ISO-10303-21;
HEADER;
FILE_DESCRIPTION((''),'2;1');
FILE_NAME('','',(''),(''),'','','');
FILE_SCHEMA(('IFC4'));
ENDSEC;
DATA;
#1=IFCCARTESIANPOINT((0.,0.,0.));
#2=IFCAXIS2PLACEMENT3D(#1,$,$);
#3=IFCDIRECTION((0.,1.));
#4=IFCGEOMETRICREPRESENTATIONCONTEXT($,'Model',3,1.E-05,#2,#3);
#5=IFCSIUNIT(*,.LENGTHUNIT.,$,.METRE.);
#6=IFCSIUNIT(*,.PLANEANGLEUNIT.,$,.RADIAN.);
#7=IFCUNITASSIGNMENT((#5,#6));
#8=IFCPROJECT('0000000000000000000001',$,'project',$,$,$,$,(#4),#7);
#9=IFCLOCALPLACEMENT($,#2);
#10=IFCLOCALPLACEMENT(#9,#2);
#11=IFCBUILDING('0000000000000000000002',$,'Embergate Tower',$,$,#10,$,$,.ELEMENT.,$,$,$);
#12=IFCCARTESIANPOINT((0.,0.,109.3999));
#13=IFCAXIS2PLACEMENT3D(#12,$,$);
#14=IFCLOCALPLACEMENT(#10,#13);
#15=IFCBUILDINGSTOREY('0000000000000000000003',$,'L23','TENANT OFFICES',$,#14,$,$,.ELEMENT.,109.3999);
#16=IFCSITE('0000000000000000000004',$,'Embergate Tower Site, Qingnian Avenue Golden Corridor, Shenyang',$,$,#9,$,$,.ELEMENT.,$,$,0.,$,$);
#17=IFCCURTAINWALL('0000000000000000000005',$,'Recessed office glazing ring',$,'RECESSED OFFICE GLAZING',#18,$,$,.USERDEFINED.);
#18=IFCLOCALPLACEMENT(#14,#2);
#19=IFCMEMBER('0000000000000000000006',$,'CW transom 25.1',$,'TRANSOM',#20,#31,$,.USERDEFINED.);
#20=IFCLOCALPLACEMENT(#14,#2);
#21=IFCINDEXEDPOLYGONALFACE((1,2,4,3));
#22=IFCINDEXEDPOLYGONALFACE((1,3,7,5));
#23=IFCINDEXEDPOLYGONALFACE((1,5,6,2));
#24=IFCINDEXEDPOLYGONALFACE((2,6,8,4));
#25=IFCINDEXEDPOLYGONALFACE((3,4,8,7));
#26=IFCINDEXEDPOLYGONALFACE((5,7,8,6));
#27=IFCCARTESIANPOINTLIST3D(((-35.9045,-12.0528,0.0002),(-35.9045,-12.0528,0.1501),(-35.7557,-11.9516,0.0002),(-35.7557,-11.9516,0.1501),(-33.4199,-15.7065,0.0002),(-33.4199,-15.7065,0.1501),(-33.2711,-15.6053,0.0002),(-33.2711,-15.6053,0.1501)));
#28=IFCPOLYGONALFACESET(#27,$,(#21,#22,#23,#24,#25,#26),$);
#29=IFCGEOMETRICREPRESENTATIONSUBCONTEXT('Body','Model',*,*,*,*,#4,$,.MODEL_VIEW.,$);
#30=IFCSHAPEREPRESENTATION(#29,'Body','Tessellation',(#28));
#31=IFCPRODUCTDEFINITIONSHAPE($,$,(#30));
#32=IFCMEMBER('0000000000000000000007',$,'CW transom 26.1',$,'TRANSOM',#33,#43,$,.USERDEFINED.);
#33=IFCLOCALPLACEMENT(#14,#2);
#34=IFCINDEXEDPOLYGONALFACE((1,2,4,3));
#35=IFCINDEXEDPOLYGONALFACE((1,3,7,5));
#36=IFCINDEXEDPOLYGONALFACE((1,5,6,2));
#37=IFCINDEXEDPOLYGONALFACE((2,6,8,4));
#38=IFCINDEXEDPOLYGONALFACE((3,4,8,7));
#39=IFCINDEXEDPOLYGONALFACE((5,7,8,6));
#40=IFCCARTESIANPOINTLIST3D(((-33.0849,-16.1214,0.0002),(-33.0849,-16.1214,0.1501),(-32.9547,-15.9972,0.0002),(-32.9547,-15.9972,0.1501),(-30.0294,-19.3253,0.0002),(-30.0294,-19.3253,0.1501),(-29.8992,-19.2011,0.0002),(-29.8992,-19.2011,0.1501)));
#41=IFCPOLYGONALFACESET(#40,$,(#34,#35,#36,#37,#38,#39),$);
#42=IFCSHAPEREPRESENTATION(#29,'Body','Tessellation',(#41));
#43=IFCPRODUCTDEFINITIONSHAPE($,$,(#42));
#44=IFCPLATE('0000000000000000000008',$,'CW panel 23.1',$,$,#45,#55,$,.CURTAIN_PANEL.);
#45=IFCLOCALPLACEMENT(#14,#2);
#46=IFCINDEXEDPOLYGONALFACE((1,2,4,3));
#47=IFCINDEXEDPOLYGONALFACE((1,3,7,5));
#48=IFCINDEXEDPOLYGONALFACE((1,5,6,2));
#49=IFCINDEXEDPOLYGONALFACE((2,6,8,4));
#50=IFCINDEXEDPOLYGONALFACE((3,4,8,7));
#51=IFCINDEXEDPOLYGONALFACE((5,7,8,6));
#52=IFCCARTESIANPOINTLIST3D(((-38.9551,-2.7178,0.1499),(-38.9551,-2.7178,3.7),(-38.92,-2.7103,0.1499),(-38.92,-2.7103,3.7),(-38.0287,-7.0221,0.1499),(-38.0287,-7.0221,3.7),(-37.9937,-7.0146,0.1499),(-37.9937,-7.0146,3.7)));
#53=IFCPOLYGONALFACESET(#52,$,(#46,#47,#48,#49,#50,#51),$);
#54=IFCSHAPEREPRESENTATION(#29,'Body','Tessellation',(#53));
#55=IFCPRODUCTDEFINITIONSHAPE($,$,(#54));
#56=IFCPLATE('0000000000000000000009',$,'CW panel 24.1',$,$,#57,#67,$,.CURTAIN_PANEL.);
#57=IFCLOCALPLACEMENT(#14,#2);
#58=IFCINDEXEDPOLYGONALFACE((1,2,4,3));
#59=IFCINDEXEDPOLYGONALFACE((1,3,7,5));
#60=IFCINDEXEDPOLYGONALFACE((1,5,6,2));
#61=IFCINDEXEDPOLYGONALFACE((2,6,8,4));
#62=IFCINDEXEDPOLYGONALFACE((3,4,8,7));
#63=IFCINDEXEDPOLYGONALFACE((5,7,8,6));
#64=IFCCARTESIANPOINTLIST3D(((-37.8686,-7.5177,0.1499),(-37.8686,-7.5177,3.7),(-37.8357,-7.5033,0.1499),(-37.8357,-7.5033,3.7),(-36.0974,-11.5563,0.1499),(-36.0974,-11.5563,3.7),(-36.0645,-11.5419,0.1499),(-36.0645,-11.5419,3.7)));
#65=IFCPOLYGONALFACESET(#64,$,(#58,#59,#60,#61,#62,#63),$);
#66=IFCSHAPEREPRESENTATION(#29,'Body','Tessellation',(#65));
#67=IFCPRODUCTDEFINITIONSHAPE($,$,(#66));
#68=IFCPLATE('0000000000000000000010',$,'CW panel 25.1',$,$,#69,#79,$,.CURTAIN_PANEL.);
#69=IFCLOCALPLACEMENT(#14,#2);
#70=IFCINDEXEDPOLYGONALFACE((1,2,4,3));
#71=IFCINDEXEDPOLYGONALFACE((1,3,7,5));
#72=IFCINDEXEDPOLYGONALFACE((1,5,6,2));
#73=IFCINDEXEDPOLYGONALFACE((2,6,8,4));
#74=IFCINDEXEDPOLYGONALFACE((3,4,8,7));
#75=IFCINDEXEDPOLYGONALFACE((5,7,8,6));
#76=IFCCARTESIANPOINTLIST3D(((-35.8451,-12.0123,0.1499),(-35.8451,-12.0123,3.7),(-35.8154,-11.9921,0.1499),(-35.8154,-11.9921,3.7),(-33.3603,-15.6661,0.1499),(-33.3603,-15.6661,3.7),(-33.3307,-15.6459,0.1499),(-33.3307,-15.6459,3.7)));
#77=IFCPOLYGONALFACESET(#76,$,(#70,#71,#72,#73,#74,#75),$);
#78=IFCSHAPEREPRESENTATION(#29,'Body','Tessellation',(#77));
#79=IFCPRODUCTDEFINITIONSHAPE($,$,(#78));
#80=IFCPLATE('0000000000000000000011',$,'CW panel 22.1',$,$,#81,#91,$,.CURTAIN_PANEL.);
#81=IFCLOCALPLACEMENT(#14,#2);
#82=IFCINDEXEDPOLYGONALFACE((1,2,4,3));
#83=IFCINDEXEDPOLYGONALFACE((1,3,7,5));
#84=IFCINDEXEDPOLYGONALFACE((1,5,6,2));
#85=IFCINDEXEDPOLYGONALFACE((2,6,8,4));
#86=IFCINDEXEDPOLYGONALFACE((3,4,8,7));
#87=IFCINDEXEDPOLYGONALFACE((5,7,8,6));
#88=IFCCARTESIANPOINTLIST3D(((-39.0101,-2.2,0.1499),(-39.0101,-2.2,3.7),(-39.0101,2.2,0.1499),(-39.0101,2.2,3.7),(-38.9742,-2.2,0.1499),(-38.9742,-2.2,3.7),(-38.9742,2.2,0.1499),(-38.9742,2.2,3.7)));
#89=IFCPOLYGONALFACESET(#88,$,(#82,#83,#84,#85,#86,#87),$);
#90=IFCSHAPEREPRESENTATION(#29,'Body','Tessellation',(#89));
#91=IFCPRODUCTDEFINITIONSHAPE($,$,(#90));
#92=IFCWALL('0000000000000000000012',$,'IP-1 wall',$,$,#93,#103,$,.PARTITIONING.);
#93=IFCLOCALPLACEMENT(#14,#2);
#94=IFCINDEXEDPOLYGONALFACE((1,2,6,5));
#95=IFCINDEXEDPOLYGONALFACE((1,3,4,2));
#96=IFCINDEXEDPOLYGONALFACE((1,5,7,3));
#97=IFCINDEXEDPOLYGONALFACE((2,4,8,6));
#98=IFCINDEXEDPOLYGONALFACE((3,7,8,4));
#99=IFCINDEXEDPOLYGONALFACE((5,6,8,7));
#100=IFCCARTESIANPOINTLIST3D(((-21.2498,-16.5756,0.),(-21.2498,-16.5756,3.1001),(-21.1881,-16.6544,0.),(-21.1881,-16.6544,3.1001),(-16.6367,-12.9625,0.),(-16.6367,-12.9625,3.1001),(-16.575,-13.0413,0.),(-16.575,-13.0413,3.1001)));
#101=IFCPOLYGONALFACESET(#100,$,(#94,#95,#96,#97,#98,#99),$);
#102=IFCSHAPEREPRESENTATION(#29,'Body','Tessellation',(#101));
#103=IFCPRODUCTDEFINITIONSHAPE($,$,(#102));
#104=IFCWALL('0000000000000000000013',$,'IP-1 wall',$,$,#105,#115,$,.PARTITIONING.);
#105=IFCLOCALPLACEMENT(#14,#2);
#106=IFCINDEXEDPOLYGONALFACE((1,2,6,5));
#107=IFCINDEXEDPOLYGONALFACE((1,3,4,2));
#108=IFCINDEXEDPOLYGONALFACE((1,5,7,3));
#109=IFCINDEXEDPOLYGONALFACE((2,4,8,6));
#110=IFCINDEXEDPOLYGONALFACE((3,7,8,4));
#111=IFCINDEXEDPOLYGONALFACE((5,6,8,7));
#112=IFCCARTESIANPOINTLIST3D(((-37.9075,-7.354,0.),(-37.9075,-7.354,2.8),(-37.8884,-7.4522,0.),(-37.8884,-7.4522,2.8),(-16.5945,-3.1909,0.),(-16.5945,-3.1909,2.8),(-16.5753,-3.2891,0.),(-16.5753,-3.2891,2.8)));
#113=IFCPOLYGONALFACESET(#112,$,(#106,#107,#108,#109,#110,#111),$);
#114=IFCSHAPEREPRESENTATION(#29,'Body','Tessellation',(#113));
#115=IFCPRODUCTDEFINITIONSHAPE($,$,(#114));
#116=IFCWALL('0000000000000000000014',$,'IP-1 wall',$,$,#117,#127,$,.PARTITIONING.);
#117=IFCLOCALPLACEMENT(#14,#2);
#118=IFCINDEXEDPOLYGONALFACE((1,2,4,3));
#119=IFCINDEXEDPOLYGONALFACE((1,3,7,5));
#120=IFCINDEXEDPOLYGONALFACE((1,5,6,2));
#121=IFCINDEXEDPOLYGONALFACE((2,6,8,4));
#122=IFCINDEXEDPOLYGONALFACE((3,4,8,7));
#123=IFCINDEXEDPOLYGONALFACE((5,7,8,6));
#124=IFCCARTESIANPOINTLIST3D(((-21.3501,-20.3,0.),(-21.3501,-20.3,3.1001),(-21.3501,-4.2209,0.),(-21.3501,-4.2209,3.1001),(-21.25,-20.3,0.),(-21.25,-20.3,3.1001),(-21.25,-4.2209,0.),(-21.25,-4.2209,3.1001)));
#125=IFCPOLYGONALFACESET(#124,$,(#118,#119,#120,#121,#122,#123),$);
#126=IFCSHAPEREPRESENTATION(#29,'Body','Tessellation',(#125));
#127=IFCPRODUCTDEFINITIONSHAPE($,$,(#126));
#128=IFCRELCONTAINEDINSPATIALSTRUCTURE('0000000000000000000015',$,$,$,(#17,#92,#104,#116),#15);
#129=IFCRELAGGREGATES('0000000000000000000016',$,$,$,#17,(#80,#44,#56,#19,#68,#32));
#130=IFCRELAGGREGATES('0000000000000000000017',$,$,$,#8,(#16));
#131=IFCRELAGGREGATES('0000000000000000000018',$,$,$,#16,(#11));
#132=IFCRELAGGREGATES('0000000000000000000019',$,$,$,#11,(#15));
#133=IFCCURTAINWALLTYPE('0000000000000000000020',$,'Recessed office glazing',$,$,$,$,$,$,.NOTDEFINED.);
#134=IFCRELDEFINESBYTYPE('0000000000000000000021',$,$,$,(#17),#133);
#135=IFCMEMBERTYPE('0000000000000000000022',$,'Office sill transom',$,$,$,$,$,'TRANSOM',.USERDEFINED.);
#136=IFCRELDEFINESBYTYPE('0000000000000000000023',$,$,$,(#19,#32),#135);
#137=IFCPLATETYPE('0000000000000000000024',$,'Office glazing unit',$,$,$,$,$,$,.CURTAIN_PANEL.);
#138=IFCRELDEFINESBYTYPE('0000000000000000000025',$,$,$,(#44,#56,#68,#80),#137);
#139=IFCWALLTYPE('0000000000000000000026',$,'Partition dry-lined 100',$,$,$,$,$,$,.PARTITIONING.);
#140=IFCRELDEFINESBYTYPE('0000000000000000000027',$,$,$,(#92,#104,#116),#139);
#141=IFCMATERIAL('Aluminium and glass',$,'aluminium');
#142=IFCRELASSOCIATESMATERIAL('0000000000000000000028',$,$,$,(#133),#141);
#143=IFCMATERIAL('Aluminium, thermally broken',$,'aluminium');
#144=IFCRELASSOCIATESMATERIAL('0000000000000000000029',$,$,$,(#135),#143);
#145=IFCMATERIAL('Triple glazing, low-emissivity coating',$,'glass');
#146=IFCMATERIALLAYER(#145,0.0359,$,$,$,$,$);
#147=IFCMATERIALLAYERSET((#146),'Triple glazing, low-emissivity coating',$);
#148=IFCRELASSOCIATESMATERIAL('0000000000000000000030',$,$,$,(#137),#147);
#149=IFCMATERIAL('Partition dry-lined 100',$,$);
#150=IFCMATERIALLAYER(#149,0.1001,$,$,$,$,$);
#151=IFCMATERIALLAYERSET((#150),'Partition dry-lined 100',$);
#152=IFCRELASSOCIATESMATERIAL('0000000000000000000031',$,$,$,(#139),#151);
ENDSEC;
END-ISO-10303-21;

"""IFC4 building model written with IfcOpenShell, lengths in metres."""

from ifc_helpers import new_model, si_unit, direction, frame, frame_2d, origin, origin_2d, place, context, subcontext, project, spatial, rectangle, extrude, source, transform, mapped, material, layer, layer_set, material_profile, profile_set, type_object, element, aggregate, save


model = new_model("IFC4")

# Units and contexts
model_context = context("Model", 3, precision=1e-05, world=origin(), true_north=direction((0.0, 1.0)))
body_context = subcontext(model_context, "Body", "Model", "MODEL_VIEW")
ifc_project = project(units=[si_unit("LENGTHUNIT", "METRE"), si_unit("PLANEANGLEUNIT", "RADIAN")], contexts=[model_context])

# Site, building, storey
site_placement = place(None, origin())
site = spatial("IfcSite", under=ifc_project, at=site_placement, Name="Embergate Tower Site, Qingnian Avenue Golden Corridor, Shenyang", CompositionType="ELEMENT", RefElevation=0.0)
building_placement = place(site_placement, origin())
building = spatial("IfcBuilding", under=site, at=building_placement, Name="Embergate Tower", CompositionType="ELEMENT")
storey_placement = place(building_placement, frame((0.0, 0.0, 109.3999)))
storey = spatial("IfcBuildingStorey", under=building, at=storey_placement, Name="L23", Description="TENANT OFFICES", CompositionType="ELEMENT", Elevation=109.3999)

# Curtain wall, members, plates
ifc_material_1 = material(Name="Aluminium and glass", Category="aluminium")
curtain_wall_type = type_object("IfcCurtainWallType", Name="Recessed office glazing", PredefinedType="NOTDEFINED", material=ifc_material_1)
curtain_wall_placement = place(storey_placement, origin())
curtain_wall = element("IfcCurtainWall", 1, at=curtain_wall_placement, inside=storey, type_object=curtain_wall_type, Name="Recessed office glazing ring", ObjectType="RECESSED OFFICE GLAZING", PredefinedType="USERDEFINED")
ifc_material_2 = material(Name="Aluminium, thermally broken", Category="aluminium")
ifc_material_profile_1 = material_profile(ifc_material_2, rectangle(XDim=0.1799, YDim=0.1499, at=origin_2d()), Name="AL 150x180")
ifc_profile_set_1 = profile_set([ifc_material_profile_1], Name="Aluminium, thermally broken")
member_type_1 = type_object("IfcMemberType", Name="Office sill transom", ElementType="TRANSOM", PredefinedType="USERDEFINED", material=ifc_profile_set_1)
shared_shape_1 = source(origin(), body_context, "Body", "SweptSolid", [
    extrude(rectangle(XDim=0.1799, YDim=0.1499, at=origin_2d()), origin(), (0.0, 0.0, 1.0), 4.4185),
])
member_1_placement = place(storey_placement, frame((-35.8301, -12.0022, 0.0752), z_axis=(0.562315, -0.826923, 0.0), x_axis=(0.826923, 0.562315, 0.0)))
member_1 = element("IfcMember", 2, at=member_1_placement, type_object=member_type_1, Name="CW transom 25.1", ObjectType="TRANSOM", PredefinedType="USERDEFINED", context=body_context, shape_type="MappedRepresentation", body=[
    mapped(shared_shape_1, transform((0.0, 0.0, 0.0))),
])
shared_shape_2 = source(origin(), body_context, "Body", "SweptSolid", [
    extrude(rectangle(XDim=0.1799, YDim=0.1499, at=origin_2d()), origin(), (0.0, 0.0, 1.0), 4.4272),
])
member_2_placement = place(storey_placement, frame((-33.0198, -16.0593, 0.0752), z_axis=(0.690144, -0.723672, 0.0), x_axis=(0.723672, 0.690144, 0.0)))
member_2 = element("IfcMember", 3, at=member_2_placement, type_object=member_type_1, Name="CW transom 26.1", ObjectType="TRANSOM", PredefinedType="USERDEFINED", context=body_context, shape_type="MappedRepresentation", body=[
    mapped(shared_shape_2, transform((0.0, 0.0, 0.0))),
])
ifc_material_3 = material(Name="Triple glazing, low-emissivity coating", Category="glass")
ifc_layer_1 = layer(ifc_material_3, 0.0359)
ifc_layer_set_1 = layer_set([ifc_layer_1], Name="Triple glazing, low-emissivity coating")
plate_type = type_object("IfcPlateType", Name="Office glazing unit", PredefinedType="CURTAIN_PANEL", material=ifc_layer_set_1)
shared_shape_3 = source(origin(), body_context, "Body", "SweptSolid", [
    extrude(rectangle(XDim=4.4028, YDim=0.0359, at=origin_2d()), origin(), (0.0, 0.0, 1.0), 3.55),
])
plate_1_placement = place(storey_placement, frame((-38.4744, -4.8662, 0.1499), z_axis=(0.0, 0.0, 1.0), x_axis=(0.210392, -0.977617, 0.0)))
plate_1 = element("IfcPlate", 4, at=plate_1_placement, type_object=plate_type, Name="CW panel 23.1", PredefinedType="CURTAIN_PANEL", context=body_context, shape_type="MappedRepresentation", body=[
    mapped(shared_shape_3, transform((0.0, 0.0, 0.0))),
])
shared_shape_4 = source(origin(), body_context, "Body", "SweptSolid", [
    extrude(rectangle(XDim=4.4099, YDim=0.0359, at=origin_2d()), origin(), (0.0, 0.0, 1.0), 3.55),
])
plate_2_placement = place(storey_placement, frame((-36.9666, -9.5298, 0.1499), z_axis=(0.0, 0.0, 1.0), x_axis=(0.401644, -0.915796, 0.0)))
plate_2 = element("IfcPlate", 5, at=plate_2_placement, type_object=plate_type, Name="CW panel 24.1", PredefinedType="CURTAIN_PANEL", context=body_context, shape_type="MappedRepresentation", body=[
    mapped(shared_shape_4, transform((0.0, 0.0, 0.0))),
])
shared_shape_5 = source(origin(), body_context, "Body", "SweptSolid", [
    extrude(rectangle(XDim=4.4187, YDim=0.0359, at=origin_2d()), origin(), (0.0, 0.0, 1.0), 3.55),
])
plate_3_placement = place(storey_placement, frame((-34.5879, -13.8291, 0.1499), z_axis=(0.0, 0.0, 1.0), x_axis=(0.562332, -0.826912, 0.0)))
plate_3 = element("IfcPlate", 6, at=plate_3_placement, type_object=plate_type, Name="CW panel 25.1", PredefinedType="CURTAIN_PANEL", context=body_context, shape_type="MappedRepresentation", body=[
    mapped(shared_shape_5, transform((0.0, 0.0, 0.0))),
])
shared_shape_6 = source(origin(), body_context, "Body", "SweptSolid", [
    extrude(rectangle(XDim=4.3999, YDim=0.0359, at=origin_2d()), origin(), (0.0, 0.0, 1.0), 3.55),
])
plate_4_placement = place(storey_placement, frame((-38.9922, 0.0, 0.1499), z_axis=(0.0, 0.0, 1.0), x_axis=(0.0, -1.0, 0.0)))
plate_4 = element("IfcPlate", 7, at=plate_4_placement, type_object=plate_type, Name="CW panel 22.1", PredefinedType="CURTAIN_PANEL", context=body_context, shape_type="MappedRepresentation", body=[
    mapped(shared_shape_6, transform((0.0, 0.0, 0.0))),
])
aggregate(curtain_wall, [plate_4, plate_1, plate_2, member_1, plate_3, member_2])

# Walls
ifc_material_4 = material(Name="Partition dry-lined 100")
ifc_layer_2 = layer(ifc_material_4, 0.1001)
ifc_layer_set_2 = layer_set([ifc_layer_2], Name="Partition dry-lined 100")
wall_type = type_object("IfcWallType", Name="Partition dry-lined 100", PredefinedType="PARTITIONING", material=ifc_layer_set_2)
shared_shape_7 = source(origin(), body_context, "Body", "SweptSolid", [
    extrude(rectangle(XDim=5.8596, YDim=0.1001, at=frame_2d((2.9297, 0.0))), origin(), (0.0, 0.0, 1.0), 3.1001),
])
wall_1_placement = place(storey_placement, frame((-16.606, -13.002, 0.0), z_axis=(0.0, 0.0, 1.0), x_axis=(-0.78727, -0.616608, 0.0)))
element("IfcWall", 8, at=wall_1_placement, inside=storey, type_object=wall_type, Name="IP-1 wall", PredefinedType="PARTITIONING", context=body_context, shape_type="MappedRepresentation", body=[
    mapped(shared_shape_7, transform((0.0, 0.0, 0.0))),
])
shared_shape_8 = source(origin(), body_context, "Body", "SweptSolid", [
    extrude(rectangle(XDim=21.7158, YDim=0.1001, at=frame_2d((10.8579, 0.0))), origin(), (0.0, 0.0, 1.0), 2.8),
])
wall_2_placement = place(storey_placement, frame((-37.8979, -7.4031, 0.0), z_axis=(0.0, 0.0, 1.0), x_axis=(0.981452, 0.191708, 0.0)))
element("IfcWall", 9, at=wall_2_placement, inside=storey, type_object=wall_type, Name="IP-1 wall", PredefinedType="PARTITIONING", context=body_context, shape_type="MappedRepresentation", body=[
    mapped(shared_shape_8, transform((0.0, 0.0, 0.0))),
])
shared_shape_9 = source(origin(), body_context, "Body", "SweptSolid", [
    extrude(rectangle(XDim=16.0791, YDim=0.1001, at=frame_2d((8.0396, 0.0))), origin(), (0.0, 0.0, 1.0), 3.1001),
])
wall_3_placement = place(storey_placement, frame((-21.3, -4.2209, 0.0), z_axis=(0.0, 0.0, 1.0), x_axis=(0.0, -1.0, 0.0)))
element("IfcWall", 10, at=wall_3_placement, inside=storey, type_object=wall_type, Name="IP-1 wall", PredefinedType="PARTITIONING", context=body_context, shape_type="MappedRepresentation", body=[
    mapped(shared_shape_9, transform((0.0, 0.0, 0.0))),
])

save(model, "model.ifc")
